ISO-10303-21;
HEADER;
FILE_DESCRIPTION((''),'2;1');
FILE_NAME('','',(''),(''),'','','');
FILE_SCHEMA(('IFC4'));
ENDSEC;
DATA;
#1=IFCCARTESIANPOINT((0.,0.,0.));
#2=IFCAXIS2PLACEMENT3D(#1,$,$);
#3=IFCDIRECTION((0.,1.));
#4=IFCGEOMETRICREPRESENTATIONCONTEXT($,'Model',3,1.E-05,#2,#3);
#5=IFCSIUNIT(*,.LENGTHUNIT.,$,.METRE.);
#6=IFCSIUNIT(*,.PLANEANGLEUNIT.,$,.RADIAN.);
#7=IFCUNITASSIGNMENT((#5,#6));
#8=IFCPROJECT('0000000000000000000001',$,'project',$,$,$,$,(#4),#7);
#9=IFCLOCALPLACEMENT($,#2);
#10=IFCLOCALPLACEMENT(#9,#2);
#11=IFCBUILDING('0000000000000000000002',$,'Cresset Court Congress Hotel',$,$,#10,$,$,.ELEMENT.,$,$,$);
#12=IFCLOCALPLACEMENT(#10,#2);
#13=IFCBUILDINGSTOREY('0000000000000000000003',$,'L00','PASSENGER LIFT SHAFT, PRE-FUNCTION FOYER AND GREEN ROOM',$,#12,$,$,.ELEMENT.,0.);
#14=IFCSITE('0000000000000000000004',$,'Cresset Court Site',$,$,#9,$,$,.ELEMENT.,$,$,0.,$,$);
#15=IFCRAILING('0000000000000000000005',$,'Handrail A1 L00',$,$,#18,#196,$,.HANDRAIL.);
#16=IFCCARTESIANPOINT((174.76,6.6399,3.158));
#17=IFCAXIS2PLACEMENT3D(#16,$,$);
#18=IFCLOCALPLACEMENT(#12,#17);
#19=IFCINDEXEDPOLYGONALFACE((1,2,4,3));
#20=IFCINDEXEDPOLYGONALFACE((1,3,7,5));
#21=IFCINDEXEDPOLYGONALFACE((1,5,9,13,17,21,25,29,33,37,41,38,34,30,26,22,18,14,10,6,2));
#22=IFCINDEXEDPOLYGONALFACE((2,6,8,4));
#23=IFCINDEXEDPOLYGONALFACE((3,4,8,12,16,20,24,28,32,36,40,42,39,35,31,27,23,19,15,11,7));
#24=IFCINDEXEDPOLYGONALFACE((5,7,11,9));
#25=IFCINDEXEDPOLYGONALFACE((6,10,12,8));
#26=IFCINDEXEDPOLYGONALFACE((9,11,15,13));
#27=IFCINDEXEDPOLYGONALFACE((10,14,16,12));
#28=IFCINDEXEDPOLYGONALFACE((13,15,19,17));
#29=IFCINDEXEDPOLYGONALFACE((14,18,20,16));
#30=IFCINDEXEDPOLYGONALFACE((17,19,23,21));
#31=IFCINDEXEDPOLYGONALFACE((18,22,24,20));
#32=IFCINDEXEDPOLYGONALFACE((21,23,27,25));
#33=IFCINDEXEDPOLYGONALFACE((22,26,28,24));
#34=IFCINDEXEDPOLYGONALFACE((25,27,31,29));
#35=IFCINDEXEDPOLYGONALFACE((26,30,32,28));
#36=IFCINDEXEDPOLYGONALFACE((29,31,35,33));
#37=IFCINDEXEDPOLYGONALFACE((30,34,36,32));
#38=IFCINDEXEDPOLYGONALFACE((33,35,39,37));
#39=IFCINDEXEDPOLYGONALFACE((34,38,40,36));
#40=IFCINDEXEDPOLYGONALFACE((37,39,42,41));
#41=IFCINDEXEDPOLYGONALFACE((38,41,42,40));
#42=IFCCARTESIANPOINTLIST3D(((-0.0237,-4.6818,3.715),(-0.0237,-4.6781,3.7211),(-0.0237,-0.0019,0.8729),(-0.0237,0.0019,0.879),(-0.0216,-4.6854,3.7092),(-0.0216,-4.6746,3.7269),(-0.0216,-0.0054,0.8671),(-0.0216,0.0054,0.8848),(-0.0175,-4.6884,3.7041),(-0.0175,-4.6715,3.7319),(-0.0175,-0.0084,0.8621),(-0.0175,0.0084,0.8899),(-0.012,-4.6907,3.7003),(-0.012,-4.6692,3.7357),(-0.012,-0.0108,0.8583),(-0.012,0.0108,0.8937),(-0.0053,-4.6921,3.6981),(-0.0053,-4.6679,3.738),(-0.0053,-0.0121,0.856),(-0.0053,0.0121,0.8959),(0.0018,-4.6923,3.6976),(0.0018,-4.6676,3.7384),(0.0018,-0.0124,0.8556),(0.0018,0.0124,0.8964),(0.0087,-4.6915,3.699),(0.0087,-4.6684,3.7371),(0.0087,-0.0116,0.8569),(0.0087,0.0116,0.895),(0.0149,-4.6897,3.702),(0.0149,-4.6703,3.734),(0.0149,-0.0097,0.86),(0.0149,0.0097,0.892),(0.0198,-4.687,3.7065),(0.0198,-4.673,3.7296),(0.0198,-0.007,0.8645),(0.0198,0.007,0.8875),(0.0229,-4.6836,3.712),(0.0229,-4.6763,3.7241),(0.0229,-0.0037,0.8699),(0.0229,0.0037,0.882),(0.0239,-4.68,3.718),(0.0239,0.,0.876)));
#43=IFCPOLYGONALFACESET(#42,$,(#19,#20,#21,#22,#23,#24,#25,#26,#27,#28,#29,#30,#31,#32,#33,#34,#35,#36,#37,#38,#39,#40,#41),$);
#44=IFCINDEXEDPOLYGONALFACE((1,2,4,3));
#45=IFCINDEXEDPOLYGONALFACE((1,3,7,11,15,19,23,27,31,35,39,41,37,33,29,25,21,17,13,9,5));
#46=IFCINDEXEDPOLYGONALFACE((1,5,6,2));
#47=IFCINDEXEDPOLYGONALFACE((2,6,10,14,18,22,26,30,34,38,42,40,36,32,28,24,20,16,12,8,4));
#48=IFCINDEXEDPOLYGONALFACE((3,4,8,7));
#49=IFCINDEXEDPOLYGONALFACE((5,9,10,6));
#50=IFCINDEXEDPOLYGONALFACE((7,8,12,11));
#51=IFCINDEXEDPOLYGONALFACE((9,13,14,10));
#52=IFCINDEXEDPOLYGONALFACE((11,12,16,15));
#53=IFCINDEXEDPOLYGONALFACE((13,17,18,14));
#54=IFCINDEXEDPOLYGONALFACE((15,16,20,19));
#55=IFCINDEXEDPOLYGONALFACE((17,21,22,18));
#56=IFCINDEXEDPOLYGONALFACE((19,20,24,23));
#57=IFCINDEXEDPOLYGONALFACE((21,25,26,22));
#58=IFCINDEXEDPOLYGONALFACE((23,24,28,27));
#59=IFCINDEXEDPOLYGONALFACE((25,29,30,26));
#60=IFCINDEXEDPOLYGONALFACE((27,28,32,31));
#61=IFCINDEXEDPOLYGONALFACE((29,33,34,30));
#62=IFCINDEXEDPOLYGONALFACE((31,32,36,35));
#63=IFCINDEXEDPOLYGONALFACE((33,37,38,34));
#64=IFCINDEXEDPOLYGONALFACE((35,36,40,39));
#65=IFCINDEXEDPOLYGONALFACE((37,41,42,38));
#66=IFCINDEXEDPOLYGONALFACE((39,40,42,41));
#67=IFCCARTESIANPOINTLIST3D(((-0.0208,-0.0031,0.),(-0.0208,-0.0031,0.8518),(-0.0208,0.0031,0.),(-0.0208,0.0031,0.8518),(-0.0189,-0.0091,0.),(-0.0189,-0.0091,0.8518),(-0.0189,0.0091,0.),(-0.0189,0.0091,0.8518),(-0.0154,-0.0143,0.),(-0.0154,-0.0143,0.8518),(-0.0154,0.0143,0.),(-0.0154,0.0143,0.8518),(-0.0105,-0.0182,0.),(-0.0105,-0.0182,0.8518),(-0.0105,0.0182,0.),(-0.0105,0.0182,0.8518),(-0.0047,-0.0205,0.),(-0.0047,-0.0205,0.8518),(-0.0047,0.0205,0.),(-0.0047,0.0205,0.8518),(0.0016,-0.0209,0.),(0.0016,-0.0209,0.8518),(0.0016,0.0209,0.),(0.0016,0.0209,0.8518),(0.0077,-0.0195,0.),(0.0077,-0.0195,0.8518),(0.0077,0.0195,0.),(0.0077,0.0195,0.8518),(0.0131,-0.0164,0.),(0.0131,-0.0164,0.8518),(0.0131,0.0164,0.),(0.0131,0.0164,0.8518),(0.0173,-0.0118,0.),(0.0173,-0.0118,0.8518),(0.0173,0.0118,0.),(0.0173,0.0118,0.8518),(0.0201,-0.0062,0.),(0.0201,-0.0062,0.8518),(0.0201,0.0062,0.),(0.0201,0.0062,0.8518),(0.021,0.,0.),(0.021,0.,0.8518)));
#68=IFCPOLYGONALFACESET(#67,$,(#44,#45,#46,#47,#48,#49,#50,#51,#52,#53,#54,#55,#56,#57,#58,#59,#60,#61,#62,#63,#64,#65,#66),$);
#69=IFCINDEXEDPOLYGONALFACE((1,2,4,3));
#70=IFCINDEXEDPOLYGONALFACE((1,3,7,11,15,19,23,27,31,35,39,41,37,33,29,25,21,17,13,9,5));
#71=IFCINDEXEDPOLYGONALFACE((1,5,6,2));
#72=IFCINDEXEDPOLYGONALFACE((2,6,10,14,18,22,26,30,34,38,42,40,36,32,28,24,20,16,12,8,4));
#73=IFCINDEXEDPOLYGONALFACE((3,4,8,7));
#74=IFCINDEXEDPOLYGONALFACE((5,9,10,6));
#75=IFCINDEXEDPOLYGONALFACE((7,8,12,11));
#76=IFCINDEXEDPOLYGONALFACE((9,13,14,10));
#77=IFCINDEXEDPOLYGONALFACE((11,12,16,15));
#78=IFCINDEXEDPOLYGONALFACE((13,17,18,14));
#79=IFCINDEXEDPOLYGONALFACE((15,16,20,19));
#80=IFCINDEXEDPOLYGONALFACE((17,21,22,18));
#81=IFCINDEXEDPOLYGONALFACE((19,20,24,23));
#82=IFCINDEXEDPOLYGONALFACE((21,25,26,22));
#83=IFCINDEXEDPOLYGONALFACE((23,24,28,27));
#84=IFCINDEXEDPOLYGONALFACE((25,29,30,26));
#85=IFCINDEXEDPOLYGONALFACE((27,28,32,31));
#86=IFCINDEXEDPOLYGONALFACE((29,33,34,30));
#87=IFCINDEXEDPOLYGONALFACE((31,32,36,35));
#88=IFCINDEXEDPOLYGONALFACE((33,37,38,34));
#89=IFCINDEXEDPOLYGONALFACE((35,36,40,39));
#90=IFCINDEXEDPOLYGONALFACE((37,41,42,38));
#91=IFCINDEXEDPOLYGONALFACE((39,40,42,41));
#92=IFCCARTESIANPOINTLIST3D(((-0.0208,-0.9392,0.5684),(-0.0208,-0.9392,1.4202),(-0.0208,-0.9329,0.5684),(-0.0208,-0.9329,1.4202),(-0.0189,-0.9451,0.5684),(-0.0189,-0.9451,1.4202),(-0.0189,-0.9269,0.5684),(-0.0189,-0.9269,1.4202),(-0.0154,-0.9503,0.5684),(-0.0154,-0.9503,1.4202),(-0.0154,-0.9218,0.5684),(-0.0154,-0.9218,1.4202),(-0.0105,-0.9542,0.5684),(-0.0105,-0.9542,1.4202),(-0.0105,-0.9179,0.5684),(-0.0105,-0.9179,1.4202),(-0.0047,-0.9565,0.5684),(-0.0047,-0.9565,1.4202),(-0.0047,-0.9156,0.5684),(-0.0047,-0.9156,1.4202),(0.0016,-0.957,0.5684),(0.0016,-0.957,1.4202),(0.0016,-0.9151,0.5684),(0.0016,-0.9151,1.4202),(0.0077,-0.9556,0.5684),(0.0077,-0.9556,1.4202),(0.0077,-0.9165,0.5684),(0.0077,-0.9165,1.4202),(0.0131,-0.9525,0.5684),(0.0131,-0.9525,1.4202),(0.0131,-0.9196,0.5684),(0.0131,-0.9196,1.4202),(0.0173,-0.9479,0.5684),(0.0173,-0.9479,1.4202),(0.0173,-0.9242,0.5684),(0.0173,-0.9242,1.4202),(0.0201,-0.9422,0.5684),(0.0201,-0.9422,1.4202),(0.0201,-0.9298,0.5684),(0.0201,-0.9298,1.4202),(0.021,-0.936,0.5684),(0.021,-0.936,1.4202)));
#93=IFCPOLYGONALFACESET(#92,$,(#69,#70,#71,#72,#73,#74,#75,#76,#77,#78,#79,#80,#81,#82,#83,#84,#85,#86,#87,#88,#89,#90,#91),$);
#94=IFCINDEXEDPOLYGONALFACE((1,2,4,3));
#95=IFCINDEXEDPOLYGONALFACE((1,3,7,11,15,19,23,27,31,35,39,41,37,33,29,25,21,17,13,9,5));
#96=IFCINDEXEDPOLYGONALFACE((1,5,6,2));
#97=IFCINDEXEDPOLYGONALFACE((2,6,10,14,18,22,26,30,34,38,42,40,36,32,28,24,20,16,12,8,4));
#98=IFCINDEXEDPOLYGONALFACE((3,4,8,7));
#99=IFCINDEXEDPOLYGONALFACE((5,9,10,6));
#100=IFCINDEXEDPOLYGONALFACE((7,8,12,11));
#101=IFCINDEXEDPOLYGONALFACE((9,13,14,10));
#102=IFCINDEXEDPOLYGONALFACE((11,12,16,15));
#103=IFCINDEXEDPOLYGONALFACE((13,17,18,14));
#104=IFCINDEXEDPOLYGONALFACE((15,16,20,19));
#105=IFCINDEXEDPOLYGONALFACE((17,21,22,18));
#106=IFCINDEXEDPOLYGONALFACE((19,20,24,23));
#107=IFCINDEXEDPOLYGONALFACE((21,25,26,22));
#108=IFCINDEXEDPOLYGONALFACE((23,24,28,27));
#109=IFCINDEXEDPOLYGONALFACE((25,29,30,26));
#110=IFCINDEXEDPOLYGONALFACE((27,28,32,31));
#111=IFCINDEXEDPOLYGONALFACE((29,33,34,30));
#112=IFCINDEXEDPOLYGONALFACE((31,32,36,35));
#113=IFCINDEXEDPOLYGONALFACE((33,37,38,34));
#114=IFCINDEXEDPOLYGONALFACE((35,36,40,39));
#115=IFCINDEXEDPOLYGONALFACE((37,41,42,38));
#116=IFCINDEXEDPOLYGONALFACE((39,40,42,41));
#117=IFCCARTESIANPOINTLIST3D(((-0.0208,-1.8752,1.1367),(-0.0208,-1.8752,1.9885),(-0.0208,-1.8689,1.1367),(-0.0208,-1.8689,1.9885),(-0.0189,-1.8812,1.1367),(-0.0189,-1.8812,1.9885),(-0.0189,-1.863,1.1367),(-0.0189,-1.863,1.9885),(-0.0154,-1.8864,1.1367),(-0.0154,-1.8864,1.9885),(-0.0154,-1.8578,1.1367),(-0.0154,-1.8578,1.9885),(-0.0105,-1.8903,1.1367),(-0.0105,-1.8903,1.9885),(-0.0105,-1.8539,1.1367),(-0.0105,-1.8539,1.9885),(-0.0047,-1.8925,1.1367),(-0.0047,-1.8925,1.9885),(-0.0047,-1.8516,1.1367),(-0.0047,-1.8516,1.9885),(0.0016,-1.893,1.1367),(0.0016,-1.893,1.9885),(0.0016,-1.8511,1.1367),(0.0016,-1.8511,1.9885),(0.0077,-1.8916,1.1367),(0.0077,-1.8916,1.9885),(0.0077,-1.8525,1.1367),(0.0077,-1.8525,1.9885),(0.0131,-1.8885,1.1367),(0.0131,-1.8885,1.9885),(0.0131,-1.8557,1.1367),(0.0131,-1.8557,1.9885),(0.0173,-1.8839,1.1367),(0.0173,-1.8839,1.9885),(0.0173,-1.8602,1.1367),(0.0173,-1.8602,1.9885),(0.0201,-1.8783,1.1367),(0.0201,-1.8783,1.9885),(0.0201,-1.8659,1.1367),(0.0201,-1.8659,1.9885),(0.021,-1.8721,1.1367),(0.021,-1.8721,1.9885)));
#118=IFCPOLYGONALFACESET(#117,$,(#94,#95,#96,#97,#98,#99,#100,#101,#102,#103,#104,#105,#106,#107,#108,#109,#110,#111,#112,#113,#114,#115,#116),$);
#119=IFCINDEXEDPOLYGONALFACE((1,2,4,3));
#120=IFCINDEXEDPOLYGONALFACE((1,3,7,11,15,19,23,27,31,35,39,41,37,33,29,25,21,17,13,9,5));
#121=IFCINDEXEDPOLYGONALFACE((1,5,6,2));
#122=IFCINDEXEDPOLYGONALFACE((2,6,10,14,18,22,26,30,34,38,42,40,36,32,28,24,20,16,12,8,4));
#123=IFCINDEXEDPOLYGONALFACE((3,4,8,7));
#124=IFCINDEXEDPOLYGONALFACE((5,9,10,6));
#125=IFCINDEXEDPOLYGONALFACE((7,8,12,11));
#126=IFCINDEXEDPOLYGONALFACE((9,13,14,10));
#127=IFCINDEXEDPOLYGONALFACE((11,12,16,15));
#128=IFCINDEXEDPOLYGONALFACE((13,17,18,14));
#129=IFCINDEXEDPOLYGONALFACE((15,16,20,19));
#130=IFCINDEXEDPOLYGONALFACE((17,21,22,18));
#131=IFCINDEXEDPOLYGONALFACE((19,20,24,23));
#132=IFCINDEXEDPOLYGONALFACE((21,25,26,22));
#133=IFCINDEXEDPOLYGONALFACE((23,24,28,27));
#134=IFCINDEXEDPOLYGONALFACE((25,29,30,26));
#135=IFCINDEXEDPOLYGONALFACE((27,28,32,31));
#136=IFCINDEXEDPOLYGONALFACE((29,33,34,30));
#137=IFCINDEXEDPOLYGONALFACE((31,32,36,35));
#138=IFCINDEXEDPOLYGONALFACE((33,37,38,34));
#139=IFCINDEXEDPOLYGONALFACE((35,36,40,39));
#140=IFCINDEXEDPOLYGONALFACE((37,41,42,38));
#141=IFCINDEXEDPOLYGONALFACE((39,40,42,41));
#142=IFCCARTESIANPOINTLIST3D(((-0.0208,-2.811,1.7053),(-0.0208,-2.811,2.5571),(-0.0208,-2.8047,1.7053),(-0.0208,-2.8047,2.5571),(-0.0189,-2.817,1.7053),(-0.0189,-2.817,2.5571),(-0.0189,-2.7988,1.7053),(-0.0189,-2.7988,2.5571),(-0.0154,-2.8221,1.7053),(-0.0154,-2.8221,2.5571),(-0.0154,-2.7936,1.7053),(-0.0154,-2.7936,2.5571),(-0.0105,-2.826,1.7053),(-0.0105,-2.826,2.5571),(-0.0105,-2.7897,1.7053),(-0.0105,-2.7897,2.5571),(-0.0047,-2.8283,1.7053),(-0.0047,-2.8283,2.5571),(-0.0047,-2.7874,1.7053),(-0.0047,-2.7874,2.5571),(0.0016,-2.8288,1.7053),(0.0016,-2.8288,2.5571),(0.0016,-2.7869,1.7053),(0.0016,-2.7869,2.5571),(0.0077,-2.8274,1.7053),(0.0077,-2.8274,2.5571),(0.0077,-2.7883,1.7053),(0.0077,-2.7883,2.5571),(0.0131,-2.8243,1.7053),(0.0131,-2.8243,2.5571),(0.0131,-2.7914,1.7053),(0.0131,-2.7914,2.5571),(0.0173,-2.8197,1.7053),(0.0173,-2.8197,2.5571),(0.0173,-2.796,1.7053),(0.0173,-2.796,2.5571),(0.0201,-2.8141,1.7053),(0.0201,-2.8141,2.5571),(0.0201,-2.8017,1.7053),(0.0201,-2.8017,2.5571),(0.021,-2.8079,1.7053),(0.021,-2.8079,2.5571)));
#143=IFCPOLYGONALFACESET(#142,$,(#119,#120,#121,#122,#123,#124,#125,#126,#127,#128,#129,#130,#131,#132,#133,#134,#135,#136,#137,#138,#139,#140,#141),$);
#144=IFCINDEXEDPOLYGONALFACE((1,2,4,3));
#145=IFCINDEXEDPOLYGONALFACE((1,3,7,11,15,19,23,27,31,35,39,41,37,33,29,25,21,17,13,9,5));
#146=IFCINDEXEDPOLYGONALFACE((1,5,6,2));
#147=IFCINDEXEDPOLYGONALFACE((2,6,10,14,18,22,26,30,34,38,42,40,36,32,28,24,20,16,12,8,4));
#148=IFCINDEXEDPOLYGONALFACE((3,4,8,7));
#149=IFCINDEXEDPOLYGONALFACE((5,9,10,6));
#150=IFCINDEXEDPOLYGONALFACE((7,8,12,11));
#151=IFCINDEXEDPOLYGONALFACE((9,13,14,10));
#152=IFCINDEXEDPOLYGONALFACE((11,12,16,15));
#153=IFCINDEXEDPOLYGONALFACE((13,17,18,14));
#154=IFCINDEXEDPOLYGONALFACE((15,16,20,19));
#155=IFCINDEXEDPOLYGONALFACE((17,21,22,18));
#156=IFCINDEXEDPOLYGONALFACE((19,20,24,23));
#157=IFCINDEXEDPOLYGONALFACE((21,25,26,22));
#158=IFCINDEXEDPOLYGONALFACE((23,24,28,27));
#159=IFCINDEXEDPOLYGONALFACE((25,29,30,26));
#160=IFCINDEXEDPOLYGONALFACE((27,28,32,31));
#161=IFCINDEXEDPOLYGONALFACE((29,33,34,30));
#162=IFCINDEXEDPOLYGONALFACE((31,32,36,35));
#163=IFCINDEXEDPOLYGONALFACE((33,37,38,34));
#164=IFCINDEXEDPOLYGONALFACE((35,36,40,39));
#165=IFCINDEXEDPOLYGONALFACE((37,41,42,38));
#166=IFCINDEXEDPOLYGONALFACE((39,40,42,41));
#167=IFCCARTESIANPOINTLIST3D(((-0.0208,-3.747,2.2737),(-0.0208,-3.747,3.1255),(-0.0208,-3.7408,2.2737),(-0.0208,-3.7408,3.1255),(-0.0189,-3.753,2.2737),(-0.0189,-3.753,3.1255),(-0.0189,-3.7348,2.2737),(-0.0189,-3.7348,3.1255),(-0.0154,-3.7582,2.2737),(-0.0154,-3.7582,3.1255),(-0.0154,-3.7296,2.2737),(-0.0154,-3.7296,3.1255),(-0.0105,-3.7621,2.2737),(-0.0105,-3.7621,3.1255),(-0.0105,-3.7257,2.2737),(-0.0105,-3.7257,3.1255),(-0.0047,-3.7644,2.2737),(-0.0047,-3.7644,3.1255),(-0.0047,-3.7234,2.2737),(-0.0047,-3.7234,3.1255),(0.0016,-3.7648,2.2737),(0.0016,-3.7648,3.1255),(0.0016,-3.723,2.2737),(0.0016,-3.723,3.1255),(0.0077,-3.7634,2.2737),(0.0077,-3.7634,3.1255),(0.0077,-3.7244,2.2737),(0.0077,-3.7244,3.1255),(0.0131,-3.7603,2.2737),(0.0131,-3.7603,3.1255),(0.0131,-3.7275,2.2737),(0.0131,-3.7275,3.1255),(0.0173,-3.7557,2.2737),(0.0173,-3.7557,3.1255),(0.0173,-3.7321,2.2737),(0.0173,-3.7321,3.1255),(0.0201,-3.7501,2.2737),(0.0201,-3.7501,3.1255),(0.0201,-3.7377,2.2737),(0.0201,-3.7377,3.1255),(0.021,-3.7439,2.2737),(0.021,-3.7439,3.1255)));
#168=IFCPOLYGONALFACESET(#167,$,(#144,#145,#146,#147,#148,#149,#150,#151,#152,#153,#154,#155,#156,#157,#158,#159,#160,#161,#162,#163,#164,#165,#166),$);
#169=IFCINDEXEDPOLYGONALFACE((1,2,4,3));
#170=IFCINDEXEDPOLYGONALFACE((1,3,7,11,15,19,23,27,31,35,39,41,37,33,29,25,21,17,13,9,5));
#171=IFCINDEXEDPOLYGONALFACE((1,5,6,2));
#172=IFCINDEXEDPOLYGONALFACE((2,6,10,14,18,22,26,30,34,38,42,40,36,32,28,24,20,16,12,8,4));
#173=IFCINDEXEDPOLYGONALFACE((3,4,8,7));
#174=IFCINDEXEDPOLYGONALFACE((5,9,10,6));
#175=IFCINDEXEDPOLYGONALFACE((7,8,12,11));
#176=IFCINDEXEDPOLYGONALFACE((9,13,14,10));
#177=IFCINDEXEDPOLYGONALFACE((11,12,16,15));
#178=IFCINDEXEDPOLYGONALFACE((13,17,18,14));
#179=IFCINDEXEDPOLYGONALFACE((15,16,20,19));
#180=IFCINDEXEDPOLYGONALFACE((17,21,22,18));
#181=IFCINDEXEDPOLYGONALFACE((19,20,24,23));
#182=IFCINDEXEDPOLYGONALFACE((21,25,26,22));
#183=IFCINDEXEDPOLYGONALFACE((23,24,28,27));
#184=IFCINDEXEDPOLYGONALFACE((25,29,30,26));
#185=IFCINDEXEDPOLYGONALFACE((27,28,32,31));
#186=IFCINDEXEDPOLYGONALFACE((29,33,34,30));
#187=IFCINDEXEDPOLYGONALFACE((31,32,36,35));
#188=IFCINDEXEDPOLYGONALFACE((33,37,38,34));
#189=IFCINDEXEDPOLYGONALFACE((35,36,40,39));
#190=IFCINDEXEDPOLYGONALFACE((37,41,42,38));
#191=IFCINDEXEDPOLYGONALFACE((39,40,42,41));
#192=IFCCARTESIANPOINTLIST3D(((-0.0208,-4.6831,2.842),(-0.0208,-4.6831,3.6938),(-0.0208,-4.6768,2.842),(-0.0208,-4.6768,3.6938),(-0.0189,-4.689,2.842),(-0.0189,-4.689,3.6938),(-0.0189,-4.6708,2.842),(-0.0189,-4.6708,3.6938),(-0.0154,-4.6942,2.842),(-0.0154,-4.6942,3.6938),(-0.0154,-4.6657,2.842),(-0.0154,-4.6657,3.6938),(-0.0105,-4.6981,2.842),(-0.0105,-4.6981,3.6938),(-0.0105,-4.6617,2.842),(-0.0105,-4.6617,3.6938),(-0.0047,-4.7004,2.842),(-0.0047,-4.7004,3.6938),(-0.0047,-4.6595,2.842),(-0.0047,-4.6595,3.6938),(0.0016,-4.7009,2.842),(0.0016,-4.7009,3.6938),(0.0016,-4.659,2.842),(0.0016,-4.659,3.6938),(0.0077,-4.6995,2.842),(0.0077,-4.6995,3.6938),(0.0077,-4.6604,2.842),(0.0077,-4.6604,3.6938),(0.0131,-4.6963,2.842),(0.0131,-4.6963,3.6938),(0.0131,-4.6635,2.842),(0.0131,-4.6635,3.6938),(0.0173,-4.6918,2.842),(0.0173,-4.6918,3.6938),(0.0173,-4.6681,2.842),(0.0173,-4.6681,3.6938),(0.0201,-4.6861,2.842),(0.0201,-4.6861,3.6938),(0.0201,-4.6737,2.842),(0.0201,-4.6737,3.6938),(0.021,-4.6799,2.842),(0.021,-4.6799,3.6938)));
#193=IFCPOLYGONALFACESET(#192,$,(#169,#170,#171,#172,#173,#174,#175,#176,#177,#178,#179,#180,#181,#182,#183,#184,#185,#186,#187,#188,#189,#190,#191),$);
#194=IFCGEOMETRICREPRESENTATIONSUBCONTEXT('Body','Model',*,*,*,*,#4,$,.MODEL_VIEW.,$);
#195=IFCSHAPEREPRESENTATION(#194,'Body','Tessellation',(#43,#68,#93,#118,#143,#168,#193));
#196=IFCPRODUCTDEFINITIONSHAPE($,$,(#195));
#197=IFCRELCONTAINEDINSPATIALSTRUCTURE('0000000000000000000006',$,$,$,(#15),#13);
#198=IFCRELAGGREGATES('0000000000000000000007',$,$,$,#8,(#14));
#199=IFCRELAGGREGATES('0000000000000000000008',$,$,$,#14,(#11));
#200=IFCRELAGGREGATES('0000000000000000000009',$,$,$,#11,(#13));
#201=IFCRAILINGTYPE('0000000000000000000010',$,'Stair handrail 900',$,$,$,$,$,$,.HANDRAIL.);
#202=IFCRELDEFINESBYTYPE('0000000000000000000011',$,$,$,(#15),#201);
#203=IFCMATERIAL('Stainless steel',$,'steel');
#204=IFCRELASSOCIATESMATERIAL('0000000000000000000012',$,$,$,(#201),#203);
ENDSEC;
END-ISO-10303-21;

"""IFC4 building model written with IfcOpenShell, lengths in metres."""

from ifc_helpers import new_model, si_unit, direction, frame, origin, origin_2d, place, context, subcontext, project, spatial, circle, extrude, material, type_object, element, save


model = new_model("IFC4")

# Units and contexts
model_context = context("Model", 3, precision=1e-05, world=origin(), true_north=direction((0.0, 1.0)))
body_context = subcontext(model_context, "Body", "Model", "MODEL_VIEW")
ifc_project = project(units=[si_unit("LENGTHUNIT", "METRE"), si_unit("PLANEANGLEUNIT", "RADIAN")], contexts=[model_context])

# Site, building, storey
site_placement = place(None, origin())
site = spatial("IfcSite", under=ifc_project, at=site_placement, Name="Cresset Court Site", CompositionType="ELEMENT", RefElevation=0.0)
building_placement = place(site_placement, origin())
building = spatial("IfcBuilding", under=site, at=building_placement, Name="Cresset Court Congress Hotel", CompositionType="ELEMENT")
storey_placement = place(building_placement, origin())
storey = spatial("IfcBuildingStorey", under=building, at=storey_placement, Name="L00", Description="PASSENGER LIFT SHAFT, PRE-FUNCTION FOYER AND GREEN ROOM", CompositionType="ELEMENT", Elevation=0.0)

# Railing
ifc_material_1 = material(Name="Stainless steel", Category="steel")
railing_type_1 = type_object("IfcRailingType", Name="Stair handrail 900", PredefinedType="HANDRAIL", material=ifc_material_1)
railing_1_placement = place(storey_placement, frame((174.76, 6.6399, 3.158)))
element("IfcRailing", 1, at=railing_1_placement, inside=storey, type_object=railing_type_1, Name="Handrail A1 L00", PredefinedType="HANDRAIL", context=body_context, shape_type="SweptSolid", body=[
    extrude(circle(Radius=0.0239, at=origin_2d()), frame((0.0, 0.0, 0.876), z_axis=(0.0, -0.854735, 0.519065), x_axis=(1.0, 0.0, 0.0)), (0.0, 0.0, 1.0), 5.4753),
    extrude(circle(Radius=0.021, at=origin_2d()), origin(), (0.0, 0.0, 1.0), 0.8518),
    extrude(circle(Radius=0.021, at=origin_2d()), frame((0.0, -0.936, 0.5684)), (0.0, 0.0, 1.0), 0.8518),
    extrude(circle(Radius=0.021, at=origin_2d()), frame((0.0, -1.8721, 1.1367)), (0.0, 0.0, 1.0), 0.8518),
    extrude(circle(Radius=0.021, at=origin_2d()), frame((0.0, -2.8079, 1.7053)), (0.0, 0.0, 1.0), 0.8518),
    extrude(circle(Radius=0.021, at=origin_2d()), frame((0.0, -3.7439, 2.2737)), (0.0, 0.0, 1.0), 0.8518),
    extrude(circle(Radius=0.021, at=origin_2d()), frame((0.0, -4.6799, 2.842)), (0.0, 0.0, 1.0), 0.8518),
])

save(model, "model.ifc")
